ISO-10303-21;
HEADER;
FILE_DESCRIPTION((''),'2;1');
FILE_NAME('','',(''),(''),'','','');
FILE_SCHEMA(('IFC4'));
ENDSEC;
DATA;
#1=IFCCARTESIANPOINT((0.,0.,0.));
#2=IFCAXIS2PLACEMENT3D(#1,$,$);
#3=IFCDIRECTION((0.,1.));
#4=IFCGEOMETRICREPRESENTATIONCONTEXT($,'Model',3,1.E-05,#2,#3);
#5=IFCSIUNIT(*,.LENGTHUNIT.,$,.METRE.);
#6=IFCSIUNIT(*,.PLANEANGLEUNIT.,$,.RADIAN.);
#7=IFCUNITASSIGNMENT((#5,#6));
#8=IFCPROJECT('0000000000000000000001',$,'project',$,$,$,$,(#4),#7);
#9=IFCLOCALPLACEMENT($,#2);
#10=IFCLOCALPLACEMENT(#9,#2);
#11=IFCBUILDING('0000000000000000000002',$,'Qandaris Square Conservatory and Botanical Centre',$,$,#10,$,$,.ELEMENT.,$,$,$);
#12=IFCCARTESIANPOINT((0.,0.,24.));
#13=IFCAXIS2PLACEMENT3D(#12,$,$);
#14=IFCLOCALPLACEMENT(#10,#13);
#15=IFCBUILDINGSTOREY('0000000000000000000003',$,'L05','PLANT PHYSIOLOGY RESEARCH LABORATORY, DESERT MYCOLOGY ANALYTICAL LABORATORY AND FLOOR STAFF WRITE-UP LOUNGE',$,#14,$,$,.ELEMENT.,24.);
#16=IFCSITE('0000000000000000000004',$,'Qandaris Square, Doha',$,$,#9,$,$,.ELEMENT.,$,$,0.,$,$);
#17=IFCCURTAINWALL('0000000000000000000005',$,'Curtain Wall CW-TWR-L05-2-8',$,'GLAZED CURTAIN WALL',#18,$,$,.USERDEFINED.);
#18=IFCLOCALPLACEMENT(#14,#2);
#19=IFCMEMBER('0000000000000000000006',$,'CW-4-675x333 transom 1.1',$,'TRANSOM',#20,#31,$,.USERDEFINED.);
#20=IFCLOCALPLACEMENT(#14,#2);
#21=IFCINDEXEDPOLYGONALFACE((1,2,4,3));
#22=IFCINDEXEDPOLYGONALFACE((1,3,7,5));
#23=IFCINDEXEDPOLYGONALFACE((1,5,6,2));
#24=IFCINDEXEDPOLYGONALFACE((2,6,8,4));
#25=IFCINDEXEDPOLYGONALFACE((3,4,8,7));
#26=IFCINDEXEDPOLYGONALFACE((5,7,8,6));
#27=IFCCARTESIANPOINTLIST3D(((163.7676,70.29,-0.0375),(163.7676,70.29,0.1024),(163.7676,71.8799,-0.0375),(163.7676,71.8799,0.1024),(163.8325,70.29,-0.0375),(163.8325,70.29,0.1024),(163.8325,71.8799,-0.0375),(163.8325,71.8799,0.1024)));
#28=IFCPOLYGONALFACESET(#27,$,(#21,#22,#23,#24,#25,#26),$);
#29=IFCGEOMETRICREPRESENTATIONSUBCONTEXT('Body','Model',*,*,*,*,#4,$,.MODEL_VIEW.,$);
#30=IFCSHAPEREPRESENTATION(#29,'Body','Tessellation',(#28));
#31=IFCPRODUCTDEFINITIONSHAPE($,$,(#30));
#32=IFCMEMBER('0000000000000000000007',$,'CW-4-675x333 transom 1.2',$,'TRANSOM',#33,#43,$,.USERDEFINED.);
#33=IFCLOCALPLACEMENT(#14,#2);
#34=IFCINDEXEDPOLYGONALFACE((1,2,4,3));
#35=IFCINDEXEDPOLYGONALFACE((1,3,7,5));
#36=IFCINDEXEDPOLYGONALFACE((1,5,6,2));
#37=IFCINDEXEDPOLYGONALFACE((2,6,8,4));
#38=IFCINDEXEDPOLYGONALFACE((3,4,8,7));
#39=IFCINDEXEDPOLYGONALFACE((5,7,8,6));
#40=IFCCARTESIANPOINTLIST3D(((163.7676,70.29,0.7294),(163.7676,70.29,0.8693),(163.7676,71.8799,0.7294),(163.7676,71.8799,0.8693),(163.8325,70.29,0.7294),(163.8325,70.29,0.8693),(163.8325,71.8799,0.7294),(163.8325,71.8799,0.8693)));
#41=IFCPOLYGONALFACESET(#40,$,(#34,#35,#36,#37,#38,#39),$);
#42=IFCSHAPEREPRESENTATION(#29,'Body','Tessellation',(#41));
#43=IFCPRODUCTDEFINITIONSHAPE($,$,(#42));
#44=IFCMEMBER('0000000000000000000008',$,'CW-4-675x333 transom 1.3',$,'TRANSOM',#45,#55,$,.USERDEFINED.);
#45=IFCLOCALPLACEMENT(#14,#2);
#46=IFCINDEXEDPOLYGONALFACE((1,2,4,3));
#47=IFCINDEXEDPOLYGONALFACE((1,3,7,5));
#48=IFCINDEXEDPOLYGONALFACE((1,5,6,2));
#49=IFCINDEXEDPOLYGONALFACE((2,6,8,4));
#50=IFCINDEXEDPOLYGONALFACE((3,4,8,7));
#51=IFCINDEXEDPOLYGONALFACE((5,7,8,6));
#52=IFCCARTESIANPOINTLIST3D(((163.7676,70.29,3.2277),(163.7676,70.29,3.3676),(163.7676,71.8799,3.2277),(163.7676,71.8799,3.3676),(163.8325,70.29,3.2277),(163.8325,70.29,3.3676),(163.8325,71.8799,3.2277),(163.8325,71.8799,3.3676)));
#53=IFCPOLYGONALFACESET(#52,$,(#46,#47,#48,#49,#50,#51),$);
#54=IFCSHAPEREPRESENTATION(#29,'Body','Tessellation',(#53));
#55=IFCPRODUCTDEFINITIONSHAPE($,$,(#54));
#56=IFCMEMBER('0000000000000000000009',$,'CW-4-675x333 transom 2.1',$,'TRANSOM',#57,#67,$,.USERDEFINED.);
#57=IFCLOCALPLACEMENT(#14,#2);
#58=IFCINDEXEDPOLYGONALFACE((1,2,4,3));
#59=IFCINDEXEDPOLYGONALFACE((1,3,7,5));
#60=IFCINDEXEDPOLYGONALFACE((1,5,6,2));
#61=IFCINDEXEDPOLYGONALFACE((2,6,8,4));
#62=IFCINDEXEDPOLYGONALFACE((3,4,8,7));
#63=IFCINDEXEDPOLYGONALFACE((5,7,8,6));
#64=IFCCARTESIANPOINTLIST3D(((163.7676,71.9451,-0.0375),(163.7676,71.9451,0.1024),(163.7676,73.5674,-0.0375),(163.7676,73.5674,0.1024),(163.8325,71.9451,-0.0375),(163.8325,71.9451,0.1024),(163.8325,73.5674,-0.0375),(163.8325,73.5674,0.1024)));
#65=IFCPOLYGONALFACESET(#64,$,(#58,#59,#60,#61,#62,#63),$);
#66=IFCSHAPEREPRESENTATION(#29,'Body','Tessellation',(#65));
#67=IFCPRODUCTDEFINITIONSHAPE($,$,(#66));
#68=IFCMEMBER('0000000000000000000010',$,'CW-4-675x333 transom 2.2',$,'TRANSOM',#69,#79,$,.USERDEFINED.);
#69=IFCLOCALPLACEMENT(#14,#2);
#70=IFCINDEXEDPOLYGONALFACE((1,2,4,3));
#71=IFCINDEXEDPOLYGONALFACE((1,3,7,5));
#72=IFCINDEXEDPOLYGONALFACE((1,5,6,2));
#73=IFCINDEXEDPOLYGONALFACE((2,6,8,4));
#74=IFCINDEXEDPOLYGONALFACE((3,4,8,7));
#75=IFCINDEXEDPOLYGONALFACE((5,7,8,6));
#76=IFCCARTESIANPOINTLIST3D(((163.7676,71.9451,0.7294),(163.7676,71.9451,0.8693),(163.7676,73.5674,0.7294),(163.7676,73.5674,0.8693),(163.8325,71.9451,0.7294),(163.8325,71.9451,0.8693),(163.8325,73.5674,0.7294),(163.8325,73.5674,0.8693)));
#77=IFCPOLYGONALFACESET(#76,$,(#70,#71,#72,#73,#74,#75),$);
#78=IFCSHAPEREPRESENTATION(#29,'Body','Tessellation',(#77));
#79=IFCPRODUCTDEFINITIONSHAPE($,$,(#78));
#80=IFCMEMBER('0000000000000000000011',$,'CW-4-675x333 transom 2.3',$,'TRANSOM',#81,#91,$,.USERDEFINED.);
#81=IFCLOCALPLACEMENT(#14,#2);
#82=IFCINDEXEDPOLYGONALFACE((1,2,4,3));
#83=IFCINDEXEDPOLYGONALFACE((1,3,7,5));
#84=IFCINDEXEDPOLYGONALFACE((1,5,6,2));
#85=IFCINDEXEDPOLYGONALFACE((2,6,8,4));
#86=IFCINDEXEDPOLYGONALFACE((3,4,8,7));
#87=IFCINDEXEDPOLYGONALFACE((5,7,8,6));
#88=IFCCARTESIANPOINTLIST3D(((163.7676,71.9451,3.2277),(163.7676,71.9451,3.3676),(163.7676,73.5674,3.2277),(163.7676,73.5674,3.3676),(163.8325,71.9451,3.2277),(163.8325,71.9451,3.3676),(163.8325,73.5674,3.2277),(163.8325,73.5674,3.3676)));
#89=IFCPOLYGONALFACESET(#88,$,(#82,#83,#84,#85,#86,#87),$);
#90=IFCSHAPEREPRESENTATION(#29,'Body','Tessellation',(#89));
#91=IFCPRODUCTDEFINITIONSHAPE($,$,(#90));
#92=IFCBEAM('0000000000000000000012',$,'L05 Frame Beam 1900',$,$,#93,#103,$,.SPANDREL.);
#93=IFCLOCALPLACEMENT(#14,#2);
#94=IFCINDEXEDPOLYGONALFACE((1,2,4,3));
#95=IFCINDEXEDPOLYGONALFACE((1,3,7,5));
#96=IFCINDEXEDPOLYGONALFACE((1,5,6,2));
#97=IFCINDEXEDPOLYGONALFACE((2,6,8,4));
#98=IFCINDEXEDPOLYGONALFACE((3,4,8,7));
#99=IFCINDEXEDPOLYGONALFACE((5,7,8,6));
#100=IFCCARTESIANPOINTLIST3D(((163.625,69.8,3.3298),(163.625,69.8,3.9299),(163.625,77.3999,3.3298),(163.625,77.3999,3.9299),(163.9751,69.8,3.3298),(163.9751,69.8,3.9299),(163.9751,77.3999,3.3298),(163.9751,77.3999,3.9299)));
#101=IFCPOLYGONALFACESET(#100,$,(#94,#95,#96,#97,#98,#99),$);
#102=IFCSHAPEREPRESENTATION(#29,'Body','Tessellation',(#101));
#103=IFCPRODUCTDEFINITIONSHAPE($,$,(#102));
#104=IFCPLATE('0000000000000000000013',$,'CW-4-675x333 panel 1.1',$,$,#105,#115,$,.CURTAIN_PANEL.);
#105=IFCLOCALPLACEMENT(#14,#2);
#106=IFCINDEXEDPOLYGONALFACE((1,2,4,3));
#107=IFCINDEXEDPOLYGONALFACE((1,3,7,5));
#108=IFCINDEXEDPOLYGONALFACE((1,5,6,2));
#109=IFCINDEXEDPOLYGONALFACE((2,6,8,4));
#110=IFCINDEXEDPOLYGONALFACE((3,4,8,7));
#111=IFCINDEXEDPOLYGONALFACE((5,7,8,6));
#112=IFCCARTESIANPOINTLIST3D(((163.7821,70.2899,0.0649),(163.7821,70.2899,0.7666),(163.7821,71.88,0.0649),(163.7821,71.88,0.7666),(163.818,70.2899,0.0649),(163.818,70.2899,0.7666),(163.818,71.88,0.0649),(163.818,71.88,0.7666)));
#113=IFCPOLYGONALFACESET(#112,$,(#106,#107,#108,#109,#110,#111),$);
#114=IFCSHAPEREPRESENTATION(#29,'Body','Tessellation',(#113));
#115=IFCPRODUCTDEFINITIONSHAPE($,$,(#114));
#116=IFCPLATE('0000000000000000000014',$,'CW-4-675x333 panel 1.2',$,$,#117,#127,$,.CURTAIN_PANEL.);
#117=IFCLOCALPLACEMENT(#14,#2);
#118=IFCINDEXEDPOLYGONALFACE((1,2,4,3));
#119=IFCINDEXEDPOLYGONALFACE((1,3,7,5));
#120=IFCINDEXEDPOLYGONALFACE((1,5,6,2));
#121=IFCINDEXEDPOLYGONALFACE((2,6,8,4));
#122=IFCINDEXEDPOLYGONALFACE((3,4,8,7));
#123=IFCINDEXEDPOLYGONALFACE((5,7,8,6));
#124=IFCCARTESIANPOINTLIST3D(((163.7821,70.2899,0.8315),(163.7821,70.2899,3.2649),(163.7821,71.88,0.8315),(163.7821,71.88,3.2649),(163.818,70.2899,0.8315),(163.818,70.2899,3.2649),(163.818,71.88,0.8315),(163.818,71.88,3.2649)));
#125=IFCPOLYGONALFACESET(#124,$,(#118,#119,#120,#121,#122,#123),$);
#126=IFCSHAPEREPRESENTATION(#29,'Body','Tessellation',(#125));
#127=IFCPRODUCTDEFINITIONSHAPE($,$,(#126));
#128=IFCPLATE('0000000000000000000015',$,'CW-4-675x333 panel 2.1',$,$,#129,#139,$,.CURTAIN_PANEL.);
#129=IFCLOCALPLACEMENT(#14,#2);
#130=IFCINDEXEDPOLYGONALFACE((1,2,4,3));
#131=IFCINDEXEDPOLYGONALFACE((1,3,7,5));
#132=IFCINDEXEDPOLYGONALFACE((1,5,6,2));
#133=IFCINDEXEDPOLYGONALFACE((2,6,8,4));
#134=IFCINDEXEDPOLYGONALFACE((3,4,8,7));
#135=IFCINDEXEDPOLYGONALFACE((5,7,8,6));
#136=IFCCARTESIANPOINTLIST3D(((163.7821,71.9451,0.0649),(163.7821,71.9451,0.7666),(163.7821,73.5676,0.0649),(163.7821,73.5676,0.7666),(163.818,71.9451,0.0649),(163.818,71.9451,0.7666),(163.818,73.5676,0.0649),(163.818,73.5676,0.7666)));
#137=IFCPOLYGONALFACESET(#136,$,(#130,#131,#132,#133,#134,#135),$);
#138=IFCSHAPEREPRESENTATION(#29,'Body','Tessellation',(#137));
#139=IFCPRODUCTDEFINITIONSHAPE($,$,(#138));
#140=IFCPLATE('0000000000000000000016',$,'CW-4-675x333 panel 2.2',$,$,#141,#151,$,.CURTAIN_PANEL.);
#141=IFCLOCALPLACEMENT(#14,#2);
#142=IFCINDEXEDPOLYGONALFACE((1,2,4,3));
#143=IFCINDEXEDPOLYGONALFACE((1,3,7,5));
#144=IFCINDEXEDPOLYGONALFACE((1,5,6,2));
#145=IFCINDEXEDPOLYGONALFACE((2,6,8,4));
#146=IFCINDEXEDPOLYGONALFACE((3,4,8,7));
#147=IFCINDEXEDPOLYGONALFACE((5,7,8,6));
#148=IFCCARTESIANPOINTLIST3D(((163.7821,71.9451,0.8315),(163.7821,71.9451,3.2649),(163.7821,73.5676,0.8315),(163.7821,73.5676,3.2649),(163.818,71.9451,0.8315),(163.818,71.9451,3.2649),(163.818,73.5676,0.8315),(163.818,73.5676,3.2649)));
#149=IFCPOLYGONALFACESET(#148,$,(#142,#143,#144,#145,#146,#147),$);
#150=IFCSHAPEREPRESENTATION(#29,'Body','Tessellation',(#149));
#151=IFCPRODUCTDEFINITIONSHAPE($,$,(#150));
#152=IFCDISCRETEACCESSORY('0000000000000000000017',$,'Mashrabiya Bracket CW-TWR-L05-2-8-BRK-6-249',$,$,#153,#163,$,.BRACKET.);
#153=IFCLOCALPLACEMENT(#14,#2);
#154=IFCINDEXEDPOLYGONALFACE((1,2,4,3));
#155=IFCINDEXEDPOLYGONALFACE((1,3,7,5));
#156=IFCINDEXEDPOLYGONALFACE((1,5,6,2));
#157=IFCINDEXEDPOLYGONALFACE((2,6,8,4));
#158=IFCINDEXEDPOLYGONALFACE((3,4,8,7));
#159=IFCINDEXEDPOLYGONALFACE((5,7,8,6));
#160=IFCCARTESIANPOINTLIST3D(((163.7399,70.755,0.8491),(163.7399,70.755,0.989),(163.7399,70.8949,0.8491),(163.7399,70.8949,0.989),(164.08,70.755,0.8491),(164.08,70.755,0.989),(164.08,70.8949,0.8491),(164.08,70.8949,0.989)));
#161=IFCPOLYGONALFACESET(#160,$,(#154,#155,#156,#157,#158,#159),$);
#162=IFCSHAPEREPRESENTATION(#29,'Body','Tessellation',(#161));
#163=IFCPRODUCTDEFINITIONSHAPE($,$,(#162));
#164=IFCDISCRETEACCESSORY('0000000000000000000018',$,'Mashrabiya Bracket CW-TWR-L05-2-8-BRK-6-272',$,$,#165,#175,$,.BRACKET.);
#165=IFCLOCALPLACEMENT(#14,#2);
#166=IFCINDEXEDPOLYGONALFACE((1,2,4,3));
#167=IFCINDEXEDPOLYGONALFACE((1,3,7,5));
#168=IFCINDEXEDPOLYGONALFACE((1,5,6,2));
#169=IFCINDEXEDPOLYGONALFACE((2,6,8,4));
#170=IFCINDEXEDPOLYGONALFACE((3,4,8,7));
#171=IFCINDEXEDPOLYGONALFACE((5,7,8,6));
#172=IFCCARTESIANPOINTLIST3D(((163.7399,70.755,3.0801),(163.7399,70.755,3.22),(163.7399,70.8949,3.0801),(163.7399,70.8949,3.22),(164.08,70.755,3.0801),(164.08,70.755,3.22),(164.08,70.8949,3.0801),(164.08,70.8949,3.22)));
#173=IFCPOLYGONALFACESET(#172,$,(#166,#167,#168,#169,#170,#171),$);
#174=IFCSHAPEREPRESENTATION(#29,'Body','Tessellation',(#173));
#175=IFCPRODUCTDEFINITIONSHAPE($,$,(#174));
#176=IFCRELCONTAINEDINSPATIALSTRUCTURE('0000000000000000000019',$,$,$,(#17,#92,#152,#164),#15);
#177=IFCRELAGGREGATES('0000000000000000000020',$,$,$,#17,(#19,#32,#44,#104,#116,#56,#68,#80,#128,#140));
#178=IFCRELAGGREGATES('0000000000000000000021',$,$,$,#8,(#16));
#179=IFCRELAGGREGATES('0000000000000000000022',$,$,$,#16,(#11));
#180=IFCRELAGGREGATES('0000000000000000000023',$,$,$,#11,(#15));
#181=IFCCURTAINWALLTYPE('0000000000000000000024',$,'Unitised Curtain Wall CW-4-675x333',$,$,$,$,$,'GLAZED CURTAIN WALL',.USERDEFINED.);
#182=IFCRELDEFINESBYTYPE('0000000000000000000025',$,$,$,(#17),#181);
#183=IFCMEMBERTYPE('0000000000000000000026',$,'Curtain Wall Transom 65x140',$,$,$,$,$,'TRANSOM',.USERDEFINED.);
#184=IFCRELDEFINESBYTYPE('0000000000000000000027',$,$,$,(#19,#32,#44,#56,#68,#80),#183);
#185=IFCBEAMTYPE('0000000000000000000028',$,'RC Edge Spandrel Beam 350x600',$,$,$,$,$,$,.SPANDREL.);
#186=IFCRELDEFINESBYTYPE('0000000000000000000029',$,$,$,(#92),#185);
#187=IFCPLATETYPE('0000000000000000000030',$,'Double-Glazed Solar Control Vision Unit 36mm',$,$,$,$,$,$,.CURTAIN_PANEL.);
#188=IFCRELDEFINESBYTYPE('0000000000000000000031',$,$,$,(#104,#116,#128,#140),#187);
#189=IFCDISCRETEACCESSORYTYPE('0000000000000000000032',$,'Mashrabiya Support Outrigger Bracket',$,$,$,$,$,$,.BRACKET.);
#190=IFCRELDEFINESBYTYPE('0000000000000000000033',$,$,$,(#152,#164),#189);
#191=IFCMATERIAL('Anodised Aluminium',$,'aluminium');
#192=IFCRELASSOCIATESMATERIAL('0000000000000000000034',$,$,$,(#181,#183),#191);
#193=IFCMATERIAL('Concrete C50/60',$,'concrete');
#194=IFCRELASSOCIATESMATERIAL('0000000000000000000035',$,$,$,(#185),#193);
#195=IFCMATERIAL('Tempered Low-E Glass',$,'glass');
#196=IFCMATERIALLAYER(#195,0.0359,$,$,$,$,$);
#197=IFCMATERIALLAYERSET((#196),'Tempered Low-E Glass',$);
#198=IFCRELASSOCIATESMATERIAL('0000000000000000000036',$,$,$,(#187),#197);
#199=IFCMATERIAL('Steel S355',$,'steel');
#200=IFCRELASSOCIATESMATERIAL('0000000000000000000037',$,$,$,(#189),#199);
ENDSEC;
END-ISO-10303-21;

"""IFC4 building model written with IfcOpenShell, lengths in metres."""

from ifc_helpers import new_model, si_unit, direction, frame, origin, origin_2d, place, context, subcontext, project, spatial, rectangle, extrude, material, layer, layer_set, material_profile, profile_set, type_object, element, aggregate, save


model = new_model("IFC4")

# Units and contexts
model_context = context("Model", 3, precision=1e-05, world=origin(), true_north=direction((0.0, 1.0)))
body_context = subcontext(model_context, "Body", "Model", "MODEL_VIEW")
ifc_project = project(units=[si_unit("LENGTHUNIT", "METRE"), si_unit("PLANEANGLEUNIT", "RADIAN")], contexts=[model_context])

# Site, building, storey
site_placement = place(None, origin())
site = spatial("IfcSite", under=ifc_project, at=site_placement, Name="Qandaris Square, Doha", CompositionType="ELEMENT", RefElevation=0.0)
building_placement = place(site_placement, origin())
building = spatial("IfcBuilding", under=site, at=building_placement, Name="Qandaris Square Conservatory and Botanical Centre", CompositionType="ELEMENT")
storey_placement = place(building_placement, frame((0.0, 0.0, 24.0)))
storey = spatial("IfcBuildingStorey", under=building, at=storey_placement, Name="L05", Description="PLANT PHYSIOLOGY RESEARCH LABORATORY, DESERT MYCOLOGY ANALYTICAL LABORATORY AND FLOOR STAFF WRITE-UP LOUNGE", CompositionType="ELEMENT", Elevation=24.0)

# Shared definitions
ifc_material_1 = material(Name="Concrete C50/60", Category="concrete")

# Shared definitions
ifc_material_2 = material(Name="Steel S355", Category="steel")

# Curtain wall, members
ifc_material_3 = material(Name="Anodised Aluminium", Category="aluminium")
curtain_wall_type = type_object("IfcCurtainWallType", Name="Unitised Curtain Wall CW-4-675x333", ElementType="GLAZED CURTAIN WALL", PredefinedType="USERDEFINED", material=ifc_material_3)
curtain_wall_placement = place(storey_placement, origin())
curtain_wall = element("IfcCurtainWall", 1, at=curtain_wall_placement, inside=storey, type_object=curtain_wall_type, Name="Curtain Wall CW-TWR-L05-2-8", ObjectType="GLAZED CURTAIN WALL", PredefinedType="USERDEFINED")
ifc_material_profile_1 = material_profile(ifc_material_3, rectangle(XDim=0.0649, YDim=0.1399, at=origin_2d()), Name="ALU-TRN 65x140")
ifc_profile_set_1 = profile_set([ifc_material_profile_1], Name="Anodised Aluminium")
member_type_1 = type_object("IfcMemberType", Name="Curtain Wall Transom 65x140", ElementType="TRANSOM", PredefinedType="USERDEFINED", material=ifc_profile_set_1)
member_1_placement = place(storey_placement, frame((163.8, 70.29, 0.0325), z_axis=(0.0, 1.0, 0.0), x_axis=(-1.0, 0.0, 0.0)))
member_1 = element("IfcMember", 2, at=member_1_placement, type_object=member_type_1, Name="CW-4-675x333 transom 1.1", ObjectType="TRANSOM", PredefinedType="USERDEFINED", context=body_context, shape_type="SweptSolid", body=[
    extrude(rectangle(XDim=0.0649, YDim=0.1399, at=origin_2d()), origin(), (0.0, 0.0, 1.0), 1.5898),
])
member_2_placement = place(storey_placement, frame((163.8, 70.29, 0.7993), z_axis=(0.0, 1.0, 0.0), x_axis=(-1.0, 0.0, 0.0)))
member_2 = element("IfcMember", 3, at=member_2_placement, type_object=member_type_1, Name="CW-4-675x333 transom 1.2", ObjectType="TRANSOM", PredefinedType="USERDEFINED", context=body_context, shape_type="SweptSolid", body=[
    extrude(rectangle(XDim=0.0649, YDim=0.1399, at=origin_2d()), origin(), (0.0, 0.0, 1.0), 1.5898),
])
member_3_placement = place(storey_placement, frame((163.8, 70.29, 3.2976), z_axis=(0.0, 1.0, 0.0), x_axis=(-1.0, 0.0, 0.0)))
member_3 = element("IfcMember", 4, at=member_3_placement, type_object=member_type_1, Name="CW-4-675x333 transom 1.3", ObjectType="TRANSOM", PredefinedType="USERDEFINED", context=body_context, shape_type="SweptSolid", body=[
    extrude(rectangle(XDim=0.0649, YDim=0.1399, at=origin_2d()), origin(), (0.0, 0.0, 1.0), 1.5898),
])
member_4_placement = place(storey_placement, frame((163.8, 71.9451, 0.0325), z_axis=(0.0, 1.0, 0.0), x_axis=(-1.0, 0.0, 0.0)))
member_4 = element("IfcMember", 5, at=member_4_placement, type_object=member_type_1, Name="CW-4-675x333 transom 2.1", ObjectType="TRANSOM", PredefinedType="USERDEFINED", context=body_context, shape_type="SweptSolid", body=[
    extrude(rectangle(XDim=0.0649, YDim=0.1399, at=origin_2d()), origin(), (0.0, 0.0, 1.0), 1.6223),
])
member_5_placement = place(storey_placement, frame((163.8, 71.9451, 0.7993), z_axis=(0.0, 1.0, 0.0), x_axis=(-1.0, 0.0, 0.0)))
member_5 = element("IfcMember", 6, at=member_5_placement, type_object=member_type_1, Name="CW-4-675x333 transom 2.2", ObjectType="TRANSOM", PredefinedType="USERDEFINED", context=body_context, shape_type="SweptSolid", body=[
    extrude(rectangle(XDim=0.0649, YDim=0.1399, at=origin_2d()), origin(), (0.0, 0.0, 1.0), 1.6223),
])
member_6_placement = place(storey_placement, frame((163.8, 71.9451, 3.2976), z_axis=(0.0, 1.0, 0.0), x_axis=(-1.0, 0.0, 0.0)))
member_6 = element("IfcMember", 7, at=member_6_placement, type_object=member_type_1, Name="CW-4-675x333 transom 2.3", ObjectType="TRANSOM", PredefinedType="USERDEFINED", context=body_context, shape_type="SweptSolid", body=[
    extrude(rectangle(XDim=0.0649, YDim=0.1399, at=origin_2d()), origin(), (0.0, 0.0, 1.0), 1.6223),
])

# Beam
ifc_material_profile_2 = material_profile(ifc_material_1, rectangle(XDim=0.3501, YDim=0.6001, at=origin_2d()), Name="RC-SP 350x600")
ifc_profile_set_2 = profile_set([ifc_material_profile_2], Name="Concrete C50/60")
beam_type_1 = type_object("IfcBeamType", Name="RC Edge Spandrel Beam 350x600", PredefinedType="SPANDREL", material=ifc_profile_set_2)
beam_1_placement = place(storey_placement, frame((163.8, 69.8, 3.6299), z_axis=(0.0, 1.0, 0.0), x_axis=(-1.0, 0.0, 0.0)))
element("IfcBeam", 8, at=beam_1_placement, inside=storey, type_object=beam_type_1, Name="L05 Frame Beam 1900", PredefinedType="SPANDREL", context=body_context, shape_type="SweptSolid", body=[
    extrude(rectangle(XDim=0.3501, YDim=0.6001, at=origin_2d()), origin(), (0.0, 0.0, 1.0), 7.5999),
])

# Plates
ifc_material_4 = material(Name="Tempered Low-E Glass", Category="glass")
ifc_layer = layer(ifc_material_4, 0.0359)
ifc_layer_set = layer_set([ifc_layer], Name="Tempered Low-E Glass")
plate_type = type_object("IfcPlateType", Name="Double-Glazed Solar Control Vision Unit 36mm", PredefinedType="CURTAIN_PANEL", material=ifc_layer_set)
plate_1_placement = place(storey_placement, frame((163.8, 71.085, 0.0649), z_axis=(0.0, 0.0, 1.0), x_axis=(0.0, 1.0, 0.0)))
plate_1 = element("IfcPlate", 9, at=plate_1_placement, type_object=plate_type, Name="CW-4-675x333 panel 1.1", PredefinedType="CURTAIN_PANEL", context=body_context, shape_type="SweptSolid", body=[
    extrude(rectangle(XDim=1.5901, YDim=0.0359, at=origin_2d()), origin(), (0.0, 0.0, 1.0), 0.7017),
])
plate_2_placement = place(storey_placement, frame((163.8, 71.085, 0.8315), z_axis=(0.0, 0.0, 1.0), x_axis=(0.0, 1.0, 0.0)))
plate_2 = element("IfcPlate", 10, at=plate_2_placement, type_object=plate_type, Name="CW-4-675x333 panel 1.2", PredefinedType="CURTAIN_PANEL", context=body_context, shape_type="SweptSolid", body=[
    extrude(rectangle(XDim=1.5901, YDim=0.0359, at=origin_2d()), origin(), (0.0, 0.0, 1.0), 2.4333),
])
plate_3_placement = place(storey_placement, frame((163.8, 72.7563, 0.0649), z_axis=(0.0, 0.0, 1.0), x_axis=(0.0, 1.0, 0.0)))
plate_3 = element("IfcPlate", 11, at=plate_3_placement, type_object=plate_type, Name="CW-4-675x333 panel 2.1", PredefinedType="CURTAIN_PANEL", context=body_context, shape_type="SweptSolid", body=[
    extrude(rectangle(XDim=1.6226, YDim=0.0359, at=origin_2d()), origin(), (0.0, 0.0, 1.0), 0.7017),
])
plate_4_placement = place(storey_placement, frame((163.8, 72.7563, 0.8315), z_axis=(0.0, 0.0, 1.0), x_axis=(0.0, 1.0, 0.0)))
plate_4 = element("IfcPlate", 12, at=plate_4_placement, type_object=plate_type, Name="CW-4-675x333 panel 2.2", PredefinedType="CURTAIN_PANEL", context=body_context, shape_type="SweptSolid", body=[
    extrude(rectangle(XDim=1.6226, YDim=0.0359, at=origin_2d()), origin(), (0.0, 0.0, 1.0), 2.4333),
])
aggregate(curtain_wall, [member_1, member_2, member_3, plate_1, plate_2, member_4, member_5, member_6, plate_3, plate_4])

# Discrete accessories
discrete_accessory_type = type_object("IfcDiscreteAccessoryType", Name="Mashrabiya Support Outrigger Bracket", PredefinedType="BRACKET", material=ifc_material_2)
for number, where, z_axis, x_axis, name in (
    (13, (163.9099, 70.825, 0.8491), (0.0, 0.0, 1.0), (0.0, 1.0, 0.0), "Mashrabiya Bracket CW-TWR-L05-2-8-BRK-6-249"),
    (14, (163.9099, 70.825, 3.0801), (0.0, 0.0, 1.0), (0.0, 1.0, 0.0), "Mashrabiya Bracket CW-TWR-L05-2-8-BRK-6-272"),
):
    element("IfcDiscreteAccessory", number, at=place(storey_placement, frame(where, z_axis=z_axis, x_axis=x_axis)), inside=storey, type_object=discrete_accessory_type, Name=name, PredefinedType="BRACKET", context=body_context, shape_type="SweptSolid", body=[
        extrude(rectangle(XDim=0.1399, YDim=0.3401, at=origin_2d()), origin(), (0.0, 0.0, 1.0), 0.1399),
    ])

save(model, "model.ifc")
